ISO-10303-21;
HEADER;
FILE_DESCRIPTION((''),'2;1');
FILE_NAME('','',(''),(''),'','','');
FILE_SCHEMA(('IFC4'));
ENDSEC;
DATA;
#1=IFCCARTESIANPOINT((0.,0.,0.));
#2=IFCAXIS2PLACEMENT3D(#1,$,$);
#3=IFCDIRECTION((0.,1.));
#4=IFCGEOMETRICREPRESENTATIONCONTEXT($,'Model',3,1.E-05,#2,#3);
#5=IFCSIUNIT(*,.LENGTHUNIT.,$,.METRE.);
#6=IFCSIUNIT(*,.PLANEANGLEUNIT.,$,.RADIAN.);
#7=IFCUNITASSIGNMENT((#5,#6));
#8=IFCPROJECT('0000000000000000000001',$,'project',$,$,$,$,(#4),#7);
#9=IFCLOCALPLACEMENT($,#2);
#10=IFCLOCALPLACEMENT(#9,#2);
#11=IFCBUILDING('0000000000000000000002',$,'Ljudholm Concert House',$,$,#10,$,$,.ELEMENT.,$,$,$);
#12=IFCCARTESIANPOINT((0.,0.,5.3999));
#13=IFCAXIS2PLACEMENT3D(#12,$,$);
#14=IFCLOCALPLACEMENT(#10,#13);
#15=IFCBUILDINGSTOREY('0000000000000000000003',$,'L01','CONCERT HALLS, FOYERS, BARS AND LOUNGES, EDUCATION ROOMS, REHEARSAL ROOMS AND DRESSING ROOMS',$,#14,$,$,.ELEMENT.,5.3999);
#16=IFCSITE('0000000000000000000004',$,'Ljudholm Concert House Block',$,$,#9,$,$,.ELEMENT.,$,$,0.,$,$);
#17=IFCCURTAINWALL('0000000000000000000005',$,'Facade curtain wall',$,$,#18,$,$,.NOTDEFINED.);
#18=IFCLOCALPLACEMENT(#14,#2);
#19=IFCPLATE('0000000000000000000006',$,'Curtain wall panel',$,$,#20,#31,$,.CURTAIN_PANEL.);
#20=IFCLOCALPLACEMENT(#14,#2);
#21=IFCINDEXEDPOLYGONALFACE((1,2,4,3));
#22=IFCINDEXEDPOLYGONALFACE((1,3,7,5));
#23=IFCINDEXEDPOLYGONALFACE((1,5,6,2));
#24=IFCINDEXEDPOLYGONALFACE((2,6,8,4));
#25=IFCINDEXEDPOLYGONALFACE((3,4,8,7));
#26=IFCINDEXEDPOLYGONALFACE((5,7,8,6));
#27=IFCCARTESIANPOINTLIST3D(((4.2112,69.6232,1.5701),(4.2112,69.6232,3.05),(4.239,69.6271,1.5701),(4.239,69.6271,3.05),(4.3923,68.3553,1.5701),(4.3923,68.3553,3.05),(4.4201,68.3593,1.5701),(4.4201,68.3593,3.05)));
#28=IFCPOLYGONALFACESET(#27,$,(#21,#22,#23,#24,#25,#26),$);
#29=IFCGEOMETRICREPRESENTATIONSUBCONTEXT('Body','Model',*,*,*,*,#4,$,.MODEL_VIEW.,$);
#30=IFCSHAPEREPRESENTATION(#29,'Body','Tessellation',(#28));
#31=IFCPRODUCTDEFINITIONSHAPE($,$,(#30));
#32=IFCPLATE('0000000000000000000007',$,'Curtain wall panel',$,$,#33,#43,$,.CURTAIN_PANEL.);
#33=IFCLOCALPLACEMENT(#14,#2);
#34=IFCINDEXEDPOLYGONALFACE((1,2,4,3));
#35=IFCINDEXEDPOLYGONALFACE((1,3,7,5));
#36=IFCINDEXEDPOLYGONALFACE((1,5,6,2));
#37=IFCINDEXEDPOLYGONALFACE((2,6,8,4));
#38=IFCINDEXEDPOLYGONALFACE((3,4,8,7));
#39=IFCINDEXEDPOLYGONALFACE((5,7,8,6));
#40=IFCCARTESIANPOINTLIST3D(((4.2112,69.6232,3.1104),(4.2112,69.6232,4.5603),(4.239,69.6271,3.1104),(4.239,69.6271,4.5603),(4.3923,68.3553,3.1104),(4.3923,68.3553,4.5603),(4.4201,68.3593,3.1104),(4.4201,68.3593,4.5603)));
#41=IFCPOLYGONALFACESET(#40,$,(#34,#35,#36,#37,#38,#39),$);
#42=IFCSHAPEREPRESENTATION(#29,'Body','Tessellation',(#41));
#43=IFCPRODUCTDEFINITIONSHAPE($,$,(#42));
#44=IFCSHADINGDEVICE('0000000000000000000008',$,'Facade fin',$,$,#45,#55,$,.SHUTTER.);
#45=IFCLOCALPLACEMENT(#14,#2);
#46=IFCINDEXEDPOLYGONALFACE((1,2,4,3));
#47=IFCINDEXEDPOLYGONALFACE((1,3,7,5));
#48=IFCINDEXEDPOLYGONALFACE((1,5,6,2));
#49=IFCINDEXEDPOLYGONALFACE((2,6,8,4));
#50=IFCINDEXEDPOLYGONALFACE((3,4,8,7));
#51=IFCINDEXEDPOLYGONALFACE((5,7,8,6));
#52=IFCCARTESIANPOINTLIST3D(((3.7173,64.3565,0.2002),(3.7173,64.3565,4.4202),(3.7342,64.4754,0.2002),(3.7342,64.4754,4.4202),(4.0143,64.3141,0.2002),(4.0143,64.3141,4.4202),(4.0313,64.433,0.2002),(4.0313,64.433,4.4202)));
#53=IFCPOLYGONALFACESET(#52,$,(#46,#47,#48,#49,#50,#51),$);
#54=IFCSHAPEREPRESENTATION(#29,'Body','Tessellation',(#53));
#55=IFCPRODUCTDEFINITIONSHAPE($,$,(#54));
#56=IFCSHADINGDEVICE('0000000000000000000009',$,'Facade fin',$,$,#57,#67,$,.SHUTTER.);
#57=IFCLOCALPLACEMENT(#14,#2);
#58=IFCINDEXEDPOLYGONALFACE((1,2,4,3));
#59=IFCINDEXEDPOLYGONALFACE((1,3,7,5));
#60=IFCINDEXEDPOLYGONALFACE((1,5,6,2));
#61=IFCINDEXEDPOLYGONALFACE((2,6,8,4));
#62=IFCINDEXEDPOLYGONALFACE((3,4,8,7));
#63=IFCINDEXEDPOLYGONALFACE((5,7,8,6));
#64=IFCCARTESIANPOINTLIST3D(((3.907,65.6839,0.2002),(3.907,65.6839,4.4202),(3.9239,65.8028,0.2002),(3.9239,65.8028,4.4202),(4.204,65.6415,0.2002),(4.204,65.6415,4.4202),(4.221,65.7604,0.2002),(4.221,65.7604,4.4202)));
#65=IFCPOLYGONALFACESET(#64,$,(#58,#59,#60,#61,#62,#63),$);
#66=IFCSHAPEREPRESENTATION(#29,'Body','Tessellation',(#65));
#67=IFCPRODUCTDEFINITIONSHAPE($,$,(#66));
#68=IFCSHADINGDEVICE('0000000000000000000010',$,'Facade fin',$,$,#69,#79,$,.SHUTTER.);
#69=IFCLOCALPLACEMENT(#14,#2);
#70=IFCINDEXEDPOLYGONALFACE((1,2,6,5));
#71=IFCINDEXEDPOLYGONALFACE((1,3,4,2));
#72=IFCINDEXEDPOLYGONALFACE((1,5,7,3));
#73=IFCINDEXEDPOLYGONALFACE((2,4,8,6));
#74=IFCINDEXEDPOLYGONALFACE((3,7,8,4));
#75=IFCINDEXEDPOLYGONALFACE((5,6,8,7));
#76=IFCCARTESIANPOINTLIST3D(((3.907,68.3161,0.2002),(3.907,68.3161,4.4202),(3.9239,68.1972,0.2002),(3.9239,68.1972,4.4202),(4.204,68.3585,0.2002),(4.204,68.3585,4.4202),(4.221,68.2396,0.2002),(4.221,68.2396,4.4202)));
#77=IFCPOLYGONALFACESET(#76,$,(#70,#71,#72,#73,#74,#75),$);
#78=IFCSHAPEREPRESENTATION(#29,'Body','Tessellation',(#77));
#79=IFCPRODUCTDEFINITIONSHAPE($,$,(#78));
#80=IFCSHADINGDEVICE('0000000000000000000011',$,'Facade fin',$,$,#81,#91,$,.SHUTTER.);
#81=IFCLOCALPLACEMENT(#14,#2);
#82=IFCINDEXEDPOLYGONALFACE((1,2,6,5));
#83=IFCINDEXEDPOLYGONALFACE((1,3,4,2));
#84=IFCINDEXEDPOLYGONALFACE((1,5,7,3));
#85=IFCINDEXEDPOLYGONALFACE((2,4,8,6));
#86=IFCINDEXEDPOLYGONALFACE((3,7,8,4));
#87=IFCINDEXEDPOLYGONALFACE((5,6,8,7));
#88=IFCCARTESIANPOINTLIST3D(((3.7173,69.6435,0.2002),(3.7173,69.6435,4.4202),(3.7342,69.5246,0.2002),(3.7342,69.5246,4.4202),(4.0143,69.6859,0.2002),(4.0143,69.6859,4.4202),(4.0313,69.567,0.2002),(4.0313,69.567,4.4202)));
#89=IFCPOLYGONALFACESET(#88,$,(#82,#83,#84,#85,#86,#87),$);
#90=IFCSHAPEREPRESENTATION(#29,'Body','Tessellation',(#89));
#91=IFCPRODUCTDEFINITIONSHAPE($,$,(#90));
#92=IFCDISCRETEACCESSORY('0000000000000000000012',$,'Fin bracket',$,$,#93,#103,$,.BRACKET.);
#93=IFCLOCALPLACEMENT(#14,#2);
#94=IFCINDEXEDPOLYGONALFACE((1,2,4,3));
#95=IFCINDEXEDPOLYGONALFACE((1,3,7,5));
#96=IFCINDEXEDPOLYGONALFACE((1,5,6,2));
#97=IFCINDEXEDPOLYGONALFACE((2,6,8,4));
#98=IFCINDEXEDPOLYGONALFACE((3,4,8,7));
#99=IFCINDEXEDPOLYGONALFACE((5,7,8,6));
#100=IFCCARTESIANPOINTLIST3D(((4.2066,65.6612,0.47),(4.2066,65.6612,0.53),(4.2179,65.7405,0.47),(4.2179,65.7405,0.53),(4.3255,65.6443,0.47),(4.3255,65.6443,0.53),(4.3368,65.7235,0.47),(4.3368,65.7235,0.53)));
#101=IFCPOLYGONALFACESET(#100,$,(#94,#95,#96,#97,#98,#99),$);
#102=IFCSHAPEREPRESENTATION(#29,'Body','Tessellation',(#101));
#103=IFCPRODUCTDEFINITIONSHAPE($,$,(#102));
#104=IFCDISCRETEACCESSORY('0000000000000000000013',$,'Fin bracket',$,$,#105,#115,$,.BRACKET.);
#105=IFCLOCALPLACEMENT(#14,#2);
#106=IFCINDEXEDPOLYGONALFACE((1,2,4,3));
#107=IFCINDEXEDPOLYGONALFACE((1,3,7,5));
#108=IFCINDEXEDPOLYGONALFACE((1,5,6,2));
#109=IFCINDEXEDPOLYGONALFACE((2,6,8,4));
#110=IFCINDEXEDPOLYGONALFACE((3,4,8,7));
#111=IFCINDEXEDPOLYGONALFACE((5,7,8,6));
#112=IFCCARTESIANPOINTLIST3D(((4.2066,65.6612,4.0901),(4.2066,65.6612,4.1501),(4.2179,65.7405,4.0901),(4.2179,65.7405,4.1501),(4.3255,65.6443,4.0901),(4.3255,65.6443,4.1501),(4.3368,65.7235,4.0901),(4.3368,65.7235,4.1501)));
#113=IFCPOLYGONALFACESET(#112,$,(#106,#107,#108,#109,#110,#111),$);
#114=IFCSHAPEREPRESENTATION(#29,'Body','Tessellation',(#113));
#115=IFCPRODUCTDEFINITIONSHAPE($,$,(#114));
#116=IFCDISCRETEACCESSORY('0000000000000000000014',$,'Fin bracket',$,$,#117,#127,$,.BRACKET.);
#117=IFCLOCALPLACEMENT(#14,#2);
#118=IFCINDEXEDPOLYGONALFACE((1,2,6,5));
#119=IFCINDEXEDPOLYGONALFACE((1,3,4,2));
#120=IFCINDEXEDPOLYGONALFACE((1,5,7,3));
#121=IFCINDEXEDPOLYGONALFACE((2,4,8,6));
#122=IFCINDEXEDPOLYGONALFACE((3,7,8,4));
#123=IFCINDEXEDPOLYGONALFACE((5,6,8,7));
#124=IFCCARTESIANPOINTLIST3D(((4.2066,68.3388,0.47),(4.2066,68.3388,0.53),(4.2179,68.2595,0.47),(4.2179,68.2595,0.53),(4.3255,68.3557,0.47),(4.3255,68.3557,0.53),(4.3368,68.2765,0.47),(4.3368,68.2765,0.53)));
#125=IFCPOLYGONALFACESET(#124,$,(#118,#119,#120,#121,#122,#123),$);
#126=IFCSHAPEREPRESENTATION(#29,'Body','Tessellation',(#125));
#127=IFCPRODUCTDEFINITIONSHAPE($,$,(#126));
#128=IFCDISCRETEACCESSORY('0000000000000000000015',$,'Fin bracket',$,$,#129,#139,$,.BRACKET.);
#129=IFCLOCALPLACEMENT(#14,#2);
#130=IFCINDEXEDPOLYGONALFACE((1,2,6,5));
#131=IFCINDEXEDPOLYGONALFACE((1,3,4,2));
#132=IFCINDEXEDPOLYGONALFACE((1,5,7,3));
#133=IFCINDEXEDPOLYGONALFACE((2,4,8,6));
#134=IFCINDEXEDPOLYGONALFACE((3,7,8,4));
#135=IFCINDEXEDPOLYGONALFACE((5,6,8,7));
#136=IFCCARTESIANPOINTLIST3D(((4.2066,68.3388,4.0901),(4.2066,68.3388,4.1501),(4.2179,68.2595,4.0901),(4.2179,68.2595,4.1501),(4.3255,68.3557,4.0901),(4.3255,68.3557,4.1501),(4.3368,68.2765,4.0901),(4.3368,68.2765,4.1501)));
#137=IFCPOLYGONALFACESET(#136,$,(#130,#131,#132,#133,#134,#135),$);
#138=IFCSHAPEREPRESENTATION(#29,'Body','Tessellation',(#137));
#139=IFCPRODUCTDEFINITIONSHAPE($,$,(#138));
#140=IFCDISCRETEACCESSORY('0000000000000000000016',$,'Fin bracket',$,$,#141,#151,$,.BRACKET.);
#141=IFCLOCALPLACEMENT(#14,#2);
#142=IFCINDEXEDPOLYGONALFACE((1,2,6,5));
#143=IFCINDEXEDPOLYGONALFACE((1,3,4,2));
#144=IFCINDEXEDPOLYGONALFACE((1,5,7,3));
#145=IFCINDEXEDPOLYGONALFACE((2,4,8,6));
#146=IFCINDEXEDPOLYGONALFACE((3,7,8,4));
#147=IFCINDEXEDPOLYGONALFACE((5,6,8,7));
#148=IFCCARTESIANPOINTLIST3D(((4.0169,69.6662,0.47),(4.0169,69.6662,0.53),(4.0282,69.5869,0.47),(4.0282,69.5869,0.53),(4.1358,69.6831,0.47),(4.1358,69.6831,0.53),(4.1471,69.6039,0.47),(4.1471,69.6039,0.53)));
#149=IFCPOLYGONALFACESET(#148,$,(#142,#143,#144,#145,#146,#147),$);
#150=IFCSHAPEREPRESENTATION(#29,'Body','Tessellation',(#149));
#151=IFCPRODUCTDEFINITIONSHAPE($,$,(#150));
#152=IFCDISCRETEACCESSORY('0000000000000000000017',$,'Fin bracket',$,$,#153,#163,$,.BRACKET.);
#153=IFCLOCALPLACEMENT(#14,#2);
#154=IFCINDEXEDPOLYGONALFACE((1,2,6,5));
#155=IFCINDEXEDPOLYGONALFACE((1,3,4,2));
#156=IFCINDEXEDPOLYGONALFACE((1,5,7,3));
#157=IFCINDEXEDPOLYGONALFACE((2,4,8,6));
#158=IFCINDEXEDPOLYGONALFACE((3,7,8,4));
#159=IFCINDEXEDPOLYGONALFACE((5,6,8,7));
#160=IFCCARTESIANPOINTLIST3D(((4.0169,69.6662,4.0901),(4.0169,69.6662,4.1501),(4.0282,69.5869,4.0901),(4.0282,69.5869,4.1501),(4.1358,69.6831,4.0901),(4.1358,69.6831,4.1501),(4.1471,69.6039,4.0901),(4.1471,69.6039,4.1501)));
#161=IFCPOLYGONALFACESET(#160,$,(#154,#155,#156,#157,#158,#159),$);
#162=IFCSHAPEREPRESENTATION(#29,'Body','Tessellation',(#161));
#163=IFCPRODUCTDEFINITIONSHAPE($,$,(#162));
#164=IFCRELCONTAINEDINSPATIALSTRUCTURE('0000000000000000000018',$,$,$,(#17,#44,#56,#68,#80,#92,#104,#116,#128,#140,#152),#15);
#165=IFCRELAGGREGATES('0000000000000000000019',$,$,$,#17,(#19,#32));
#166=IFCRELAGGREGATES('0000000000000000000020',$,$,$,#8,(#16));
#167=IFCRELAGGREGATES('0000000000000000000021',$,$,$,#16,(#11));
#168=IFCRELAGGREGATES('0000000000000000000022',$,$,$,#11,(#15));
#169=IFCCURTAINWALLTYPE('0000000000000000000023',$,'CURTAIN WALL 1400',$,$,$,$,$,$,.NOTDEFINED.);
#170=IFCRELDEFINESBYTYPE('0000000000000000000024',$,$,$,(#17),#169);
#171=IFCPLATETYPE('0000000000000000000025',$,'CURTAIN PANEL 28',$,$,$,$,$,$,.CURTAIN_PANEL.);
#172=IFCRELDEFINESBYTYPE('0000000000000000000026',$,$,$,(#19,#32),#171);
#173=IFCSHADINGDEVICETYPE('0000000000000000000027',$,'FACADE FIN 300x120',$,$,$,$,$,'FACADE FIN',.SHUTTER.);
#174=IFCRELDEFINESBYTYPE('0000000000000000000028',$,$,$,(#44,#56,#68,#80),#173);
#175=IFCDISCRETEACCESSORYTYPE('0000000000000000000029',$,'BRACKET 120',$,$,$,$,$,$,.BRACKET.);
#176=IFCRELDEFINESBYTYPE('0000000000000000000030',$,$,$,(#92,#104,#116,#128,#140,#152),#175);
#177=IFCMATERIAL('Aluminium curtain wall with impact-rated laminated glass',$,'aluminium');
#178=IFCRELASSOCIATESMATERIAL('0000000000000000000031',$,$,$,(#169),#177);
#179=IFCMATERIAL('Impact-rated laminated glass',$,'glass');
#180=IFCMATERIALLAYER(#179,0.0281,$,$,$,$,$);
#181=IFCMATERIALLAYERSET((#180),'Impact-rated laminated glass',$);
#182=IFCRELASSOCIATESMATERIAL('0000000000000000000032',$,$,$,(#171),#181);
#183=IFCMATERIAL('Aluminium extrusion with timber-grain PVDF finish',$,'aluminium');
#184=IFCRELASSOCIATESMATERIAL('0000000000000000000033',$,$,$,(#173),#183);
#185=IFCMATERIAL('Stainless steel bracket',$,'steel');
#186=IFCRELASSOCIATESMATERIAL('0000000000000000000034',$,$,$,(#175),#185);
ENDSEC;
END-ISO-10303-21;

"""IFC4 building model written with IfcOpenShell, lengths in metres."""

from ifc_helpers import new_model, si_unit, direction, frame, origin, origin_2d, place, context, subcontext, project, spatial, rectangle, extrude, material, layer, layer_set, type_object, element, aggregate, save


model = new_model("IFC4")

# Units and contexts
model_context = context("Model", 3, precision=1e-05, world=origin(), true_north=direction((0.0, 1.0)))
body_context = subcontext(model_context, "Body", "Model", "MODEL_VIEW")
ifc_project = project(units=[si_unit("LENGTHUNIT", "METRE"), si_unit("PLANEANGLEUNIT", "RADIAN")], contexts=[model_context])

# Site, building, storey
site_placement = place(None, origin())
site = spatial("IfcSite", under=ifc_project, at=site_placement, Name="Ljudholm Concert House Block", CompositionType="ELEMENT", RefElevation=0.0)
building_placement = place(site_placement, origin())
building = spatial("IfcBuilding", under=site, at=building_placement, Name="Ljudholm Concert House", CompositionType="ELEMENT")
storey_placement = place(building_placement, frame((0.0, 0.0, 5.3999)))
storey = spatial("IfcBuildingStorey", under=building, at=storey_placement, Name="L01", Description="CONCERT HALLS, FOYERS, BARS AND LOUNGES, EDUCATION ROOMS, REHEARSAL ROOMS AND DRESSING ROOMS", CompositionType="ELEMENT", Elevation=5.3999)

# Curtain wall
ifc_material_1 = material(Name="Aluminium curtain wall with impact-rated laminated glass", Category="aluminium")
curtain_wall_type = type_object("IfcCurtainWallType", Name="CURTAIN WALL 1400", PredefinedType="NOTDEFINED", material=ifc_material_1)
curtain_wall_1_placement = place(storey_placement, origin())
curtain_wall_1 = element("IfcCurtainWall", 1, at=curtain_wall_1_placement, inside=storey, type_object=curtain_wall_type, Name="Facade curtain wall", PredefinedType="NOTDEFINED")

# Plates
ifc_material_2 = material(Name="Impact-rated laminated glass", Category="glass")
ifc_layer = layer(ifc_material_2, 0.0281)
ifc_layer_set = layer_set([ifc_layer], Name="Impact-rated laminated glass")
plate_type = type_object("IfcPlateType", Name="CURTAIN PANEL 28", PredefinedType="CURTAIN_PANEL", material=ifc_layer_set)
plate_1_placement = place(storey_placement, frame((4.3157, 68.9912, 1.5701), z_axis=(0.0, 0.0, 1.0), x_axis=(-0.141421, 0.989949, 0.0)))
plate_1 = element("IfcPlate", 2, at=plate_1_placement, type_object=plate_type, Name="Curtain wall panel", PredefinedType="CURTAIN_PANEL", context=body_context, shape_type="SweptSolid", body=[
    extrude(rectangle(XDim=1.2808, YDim=0.0281, at=origin_2d()), origin(), (0.0, 0.0, 1.0), 1.48),
])
plate_2_placement = place(storey_placement, frame((4.3157, 68.9912, 3.1104), z_axis=(0.0, 0.0, 1.0), x_axis=(-0.141421, 0.989949, 0.0)))
plate_2 = element("IfcPlate", 3, at=plate_2_placement, type_object=plate_type, Name="Curtain wall panel", PredefinedType="CURTAIN_PANEL", context=body_context, shape_type="SweptSolid", body=[
    extrude(rectangle(XDim=1.2808, YDim=0.0281, at=origin_2d()), origin(), (0.0, 0.0, 1.0), 1.45),
])
aggregate(curtain_wall_1, [plate_1, plate_2])

# Shading devices
ifc_material_3 = material(Name="Aluminium extrusion with timber-grain PVDF finish", Category="aluminium")
shading_device_type = type_object("IfcShadingDeviceType", Name="FACADE FIN 300x120", ElementType="FACADE FIN", PredefinedType="SHUTTER", material=ifc_material_3)
for number, where, z_axis, x_axis, name in (
    (4, (3.8743, 64.3948, 0.2002), (0.0, 0.0, 1.0), (-0.989949, 0.141421, 0.0), "Facade fin"),
    (5, (4.064, 65.7222, 0.2002), (0.0, 0.0, 1.0), (-0.989949, 0.141421, 0.0), "Facade fin"),
    (6, (4.064, 68.2778, 0.2002), (0.0, 0.0, 1.0), (-0.989949, -0.141421, 0.0), "Facade fin"),
    (7, (3.8743, 69.6052, 0.2002), (0.0, 0.0, 1.0), (-0.989949, -0.141421, 0.0), "Facade fin"),
):
    element("IfcShadingDevice", number, at=place(storey_placement, frame(where, z_axis=z_axis, x_axis=x_axis)), inside=storey, type_object=shading_device_type, Name=name, PredefinedType="SHUTTER", context=body_context, shape_type="SweptSolid", body=[
        extrude(rectangle(XDim=0.3, YDim=0.1201, at=origin_2d()), origin(), (0.0, 0.0, 1.0), 4.22),
    ])

# Discrete accessories
ifc_material_4 = material(Name="Stainless steel bracket", Category="steel")
discrete_accessory_type = type_object("IfcDiscreteAccessoryType", Name="BRACKET 120", PredefinedType="BRACKET", material=ifc_material_4)
for number, where, z_axis, x_axis, name in (
    (8, (4.2717, 65.6924, 0.47), (0.0, 0.0, 1.0), (-0.989949, 0.141421, 0.0), "Fin bracket"),
    (9, (4.2717, 65.6924, 4.0901), (0.0, 0.0, 1.0), (-0.989949, 0.141421, 0.0), "Fin bracket"),
    (10, (4.2717, 68.3076, 0.47), (0.0, 0.0, 1.0), (-0.989949, -0.141421, 0.0), "Fin bracket"),
    (11, (4.2717, 68.3076, 4.0901), (0.0, 0.0, 1.0), (-0.989949, -0.141421, 0.0), "Fin bracket"),
    (12, (4.082, 69.635, 0.47), (0.0, 0.0, 1.0), (-0.989949, -0.141421, 0.0), "Fin bracket"),
    (13, (4.082, 69.635, 4.0901), (0.0, 0.0, 1.0), (-0.989949, -0.141421, 0.0), "Fin bracket"),
):
    element("IfcDiscreteAccessory", number, at=place(storey_placement, frame(where, z_axis=z_axis, x_axis=x_axis)), inside=storey, type_object=discrete_accessory_type, Name=name, PredefinedType="BRACKET", context=body_context, shape_type="SweptSolid", body=[
        extrude(rectangle(XDim=0.1201, YDim=0.0801, at=origin_2d()), origin(), (0.0, 0.0, 1.0), 0.0601),
    ])

save(model, "model.ifc")
